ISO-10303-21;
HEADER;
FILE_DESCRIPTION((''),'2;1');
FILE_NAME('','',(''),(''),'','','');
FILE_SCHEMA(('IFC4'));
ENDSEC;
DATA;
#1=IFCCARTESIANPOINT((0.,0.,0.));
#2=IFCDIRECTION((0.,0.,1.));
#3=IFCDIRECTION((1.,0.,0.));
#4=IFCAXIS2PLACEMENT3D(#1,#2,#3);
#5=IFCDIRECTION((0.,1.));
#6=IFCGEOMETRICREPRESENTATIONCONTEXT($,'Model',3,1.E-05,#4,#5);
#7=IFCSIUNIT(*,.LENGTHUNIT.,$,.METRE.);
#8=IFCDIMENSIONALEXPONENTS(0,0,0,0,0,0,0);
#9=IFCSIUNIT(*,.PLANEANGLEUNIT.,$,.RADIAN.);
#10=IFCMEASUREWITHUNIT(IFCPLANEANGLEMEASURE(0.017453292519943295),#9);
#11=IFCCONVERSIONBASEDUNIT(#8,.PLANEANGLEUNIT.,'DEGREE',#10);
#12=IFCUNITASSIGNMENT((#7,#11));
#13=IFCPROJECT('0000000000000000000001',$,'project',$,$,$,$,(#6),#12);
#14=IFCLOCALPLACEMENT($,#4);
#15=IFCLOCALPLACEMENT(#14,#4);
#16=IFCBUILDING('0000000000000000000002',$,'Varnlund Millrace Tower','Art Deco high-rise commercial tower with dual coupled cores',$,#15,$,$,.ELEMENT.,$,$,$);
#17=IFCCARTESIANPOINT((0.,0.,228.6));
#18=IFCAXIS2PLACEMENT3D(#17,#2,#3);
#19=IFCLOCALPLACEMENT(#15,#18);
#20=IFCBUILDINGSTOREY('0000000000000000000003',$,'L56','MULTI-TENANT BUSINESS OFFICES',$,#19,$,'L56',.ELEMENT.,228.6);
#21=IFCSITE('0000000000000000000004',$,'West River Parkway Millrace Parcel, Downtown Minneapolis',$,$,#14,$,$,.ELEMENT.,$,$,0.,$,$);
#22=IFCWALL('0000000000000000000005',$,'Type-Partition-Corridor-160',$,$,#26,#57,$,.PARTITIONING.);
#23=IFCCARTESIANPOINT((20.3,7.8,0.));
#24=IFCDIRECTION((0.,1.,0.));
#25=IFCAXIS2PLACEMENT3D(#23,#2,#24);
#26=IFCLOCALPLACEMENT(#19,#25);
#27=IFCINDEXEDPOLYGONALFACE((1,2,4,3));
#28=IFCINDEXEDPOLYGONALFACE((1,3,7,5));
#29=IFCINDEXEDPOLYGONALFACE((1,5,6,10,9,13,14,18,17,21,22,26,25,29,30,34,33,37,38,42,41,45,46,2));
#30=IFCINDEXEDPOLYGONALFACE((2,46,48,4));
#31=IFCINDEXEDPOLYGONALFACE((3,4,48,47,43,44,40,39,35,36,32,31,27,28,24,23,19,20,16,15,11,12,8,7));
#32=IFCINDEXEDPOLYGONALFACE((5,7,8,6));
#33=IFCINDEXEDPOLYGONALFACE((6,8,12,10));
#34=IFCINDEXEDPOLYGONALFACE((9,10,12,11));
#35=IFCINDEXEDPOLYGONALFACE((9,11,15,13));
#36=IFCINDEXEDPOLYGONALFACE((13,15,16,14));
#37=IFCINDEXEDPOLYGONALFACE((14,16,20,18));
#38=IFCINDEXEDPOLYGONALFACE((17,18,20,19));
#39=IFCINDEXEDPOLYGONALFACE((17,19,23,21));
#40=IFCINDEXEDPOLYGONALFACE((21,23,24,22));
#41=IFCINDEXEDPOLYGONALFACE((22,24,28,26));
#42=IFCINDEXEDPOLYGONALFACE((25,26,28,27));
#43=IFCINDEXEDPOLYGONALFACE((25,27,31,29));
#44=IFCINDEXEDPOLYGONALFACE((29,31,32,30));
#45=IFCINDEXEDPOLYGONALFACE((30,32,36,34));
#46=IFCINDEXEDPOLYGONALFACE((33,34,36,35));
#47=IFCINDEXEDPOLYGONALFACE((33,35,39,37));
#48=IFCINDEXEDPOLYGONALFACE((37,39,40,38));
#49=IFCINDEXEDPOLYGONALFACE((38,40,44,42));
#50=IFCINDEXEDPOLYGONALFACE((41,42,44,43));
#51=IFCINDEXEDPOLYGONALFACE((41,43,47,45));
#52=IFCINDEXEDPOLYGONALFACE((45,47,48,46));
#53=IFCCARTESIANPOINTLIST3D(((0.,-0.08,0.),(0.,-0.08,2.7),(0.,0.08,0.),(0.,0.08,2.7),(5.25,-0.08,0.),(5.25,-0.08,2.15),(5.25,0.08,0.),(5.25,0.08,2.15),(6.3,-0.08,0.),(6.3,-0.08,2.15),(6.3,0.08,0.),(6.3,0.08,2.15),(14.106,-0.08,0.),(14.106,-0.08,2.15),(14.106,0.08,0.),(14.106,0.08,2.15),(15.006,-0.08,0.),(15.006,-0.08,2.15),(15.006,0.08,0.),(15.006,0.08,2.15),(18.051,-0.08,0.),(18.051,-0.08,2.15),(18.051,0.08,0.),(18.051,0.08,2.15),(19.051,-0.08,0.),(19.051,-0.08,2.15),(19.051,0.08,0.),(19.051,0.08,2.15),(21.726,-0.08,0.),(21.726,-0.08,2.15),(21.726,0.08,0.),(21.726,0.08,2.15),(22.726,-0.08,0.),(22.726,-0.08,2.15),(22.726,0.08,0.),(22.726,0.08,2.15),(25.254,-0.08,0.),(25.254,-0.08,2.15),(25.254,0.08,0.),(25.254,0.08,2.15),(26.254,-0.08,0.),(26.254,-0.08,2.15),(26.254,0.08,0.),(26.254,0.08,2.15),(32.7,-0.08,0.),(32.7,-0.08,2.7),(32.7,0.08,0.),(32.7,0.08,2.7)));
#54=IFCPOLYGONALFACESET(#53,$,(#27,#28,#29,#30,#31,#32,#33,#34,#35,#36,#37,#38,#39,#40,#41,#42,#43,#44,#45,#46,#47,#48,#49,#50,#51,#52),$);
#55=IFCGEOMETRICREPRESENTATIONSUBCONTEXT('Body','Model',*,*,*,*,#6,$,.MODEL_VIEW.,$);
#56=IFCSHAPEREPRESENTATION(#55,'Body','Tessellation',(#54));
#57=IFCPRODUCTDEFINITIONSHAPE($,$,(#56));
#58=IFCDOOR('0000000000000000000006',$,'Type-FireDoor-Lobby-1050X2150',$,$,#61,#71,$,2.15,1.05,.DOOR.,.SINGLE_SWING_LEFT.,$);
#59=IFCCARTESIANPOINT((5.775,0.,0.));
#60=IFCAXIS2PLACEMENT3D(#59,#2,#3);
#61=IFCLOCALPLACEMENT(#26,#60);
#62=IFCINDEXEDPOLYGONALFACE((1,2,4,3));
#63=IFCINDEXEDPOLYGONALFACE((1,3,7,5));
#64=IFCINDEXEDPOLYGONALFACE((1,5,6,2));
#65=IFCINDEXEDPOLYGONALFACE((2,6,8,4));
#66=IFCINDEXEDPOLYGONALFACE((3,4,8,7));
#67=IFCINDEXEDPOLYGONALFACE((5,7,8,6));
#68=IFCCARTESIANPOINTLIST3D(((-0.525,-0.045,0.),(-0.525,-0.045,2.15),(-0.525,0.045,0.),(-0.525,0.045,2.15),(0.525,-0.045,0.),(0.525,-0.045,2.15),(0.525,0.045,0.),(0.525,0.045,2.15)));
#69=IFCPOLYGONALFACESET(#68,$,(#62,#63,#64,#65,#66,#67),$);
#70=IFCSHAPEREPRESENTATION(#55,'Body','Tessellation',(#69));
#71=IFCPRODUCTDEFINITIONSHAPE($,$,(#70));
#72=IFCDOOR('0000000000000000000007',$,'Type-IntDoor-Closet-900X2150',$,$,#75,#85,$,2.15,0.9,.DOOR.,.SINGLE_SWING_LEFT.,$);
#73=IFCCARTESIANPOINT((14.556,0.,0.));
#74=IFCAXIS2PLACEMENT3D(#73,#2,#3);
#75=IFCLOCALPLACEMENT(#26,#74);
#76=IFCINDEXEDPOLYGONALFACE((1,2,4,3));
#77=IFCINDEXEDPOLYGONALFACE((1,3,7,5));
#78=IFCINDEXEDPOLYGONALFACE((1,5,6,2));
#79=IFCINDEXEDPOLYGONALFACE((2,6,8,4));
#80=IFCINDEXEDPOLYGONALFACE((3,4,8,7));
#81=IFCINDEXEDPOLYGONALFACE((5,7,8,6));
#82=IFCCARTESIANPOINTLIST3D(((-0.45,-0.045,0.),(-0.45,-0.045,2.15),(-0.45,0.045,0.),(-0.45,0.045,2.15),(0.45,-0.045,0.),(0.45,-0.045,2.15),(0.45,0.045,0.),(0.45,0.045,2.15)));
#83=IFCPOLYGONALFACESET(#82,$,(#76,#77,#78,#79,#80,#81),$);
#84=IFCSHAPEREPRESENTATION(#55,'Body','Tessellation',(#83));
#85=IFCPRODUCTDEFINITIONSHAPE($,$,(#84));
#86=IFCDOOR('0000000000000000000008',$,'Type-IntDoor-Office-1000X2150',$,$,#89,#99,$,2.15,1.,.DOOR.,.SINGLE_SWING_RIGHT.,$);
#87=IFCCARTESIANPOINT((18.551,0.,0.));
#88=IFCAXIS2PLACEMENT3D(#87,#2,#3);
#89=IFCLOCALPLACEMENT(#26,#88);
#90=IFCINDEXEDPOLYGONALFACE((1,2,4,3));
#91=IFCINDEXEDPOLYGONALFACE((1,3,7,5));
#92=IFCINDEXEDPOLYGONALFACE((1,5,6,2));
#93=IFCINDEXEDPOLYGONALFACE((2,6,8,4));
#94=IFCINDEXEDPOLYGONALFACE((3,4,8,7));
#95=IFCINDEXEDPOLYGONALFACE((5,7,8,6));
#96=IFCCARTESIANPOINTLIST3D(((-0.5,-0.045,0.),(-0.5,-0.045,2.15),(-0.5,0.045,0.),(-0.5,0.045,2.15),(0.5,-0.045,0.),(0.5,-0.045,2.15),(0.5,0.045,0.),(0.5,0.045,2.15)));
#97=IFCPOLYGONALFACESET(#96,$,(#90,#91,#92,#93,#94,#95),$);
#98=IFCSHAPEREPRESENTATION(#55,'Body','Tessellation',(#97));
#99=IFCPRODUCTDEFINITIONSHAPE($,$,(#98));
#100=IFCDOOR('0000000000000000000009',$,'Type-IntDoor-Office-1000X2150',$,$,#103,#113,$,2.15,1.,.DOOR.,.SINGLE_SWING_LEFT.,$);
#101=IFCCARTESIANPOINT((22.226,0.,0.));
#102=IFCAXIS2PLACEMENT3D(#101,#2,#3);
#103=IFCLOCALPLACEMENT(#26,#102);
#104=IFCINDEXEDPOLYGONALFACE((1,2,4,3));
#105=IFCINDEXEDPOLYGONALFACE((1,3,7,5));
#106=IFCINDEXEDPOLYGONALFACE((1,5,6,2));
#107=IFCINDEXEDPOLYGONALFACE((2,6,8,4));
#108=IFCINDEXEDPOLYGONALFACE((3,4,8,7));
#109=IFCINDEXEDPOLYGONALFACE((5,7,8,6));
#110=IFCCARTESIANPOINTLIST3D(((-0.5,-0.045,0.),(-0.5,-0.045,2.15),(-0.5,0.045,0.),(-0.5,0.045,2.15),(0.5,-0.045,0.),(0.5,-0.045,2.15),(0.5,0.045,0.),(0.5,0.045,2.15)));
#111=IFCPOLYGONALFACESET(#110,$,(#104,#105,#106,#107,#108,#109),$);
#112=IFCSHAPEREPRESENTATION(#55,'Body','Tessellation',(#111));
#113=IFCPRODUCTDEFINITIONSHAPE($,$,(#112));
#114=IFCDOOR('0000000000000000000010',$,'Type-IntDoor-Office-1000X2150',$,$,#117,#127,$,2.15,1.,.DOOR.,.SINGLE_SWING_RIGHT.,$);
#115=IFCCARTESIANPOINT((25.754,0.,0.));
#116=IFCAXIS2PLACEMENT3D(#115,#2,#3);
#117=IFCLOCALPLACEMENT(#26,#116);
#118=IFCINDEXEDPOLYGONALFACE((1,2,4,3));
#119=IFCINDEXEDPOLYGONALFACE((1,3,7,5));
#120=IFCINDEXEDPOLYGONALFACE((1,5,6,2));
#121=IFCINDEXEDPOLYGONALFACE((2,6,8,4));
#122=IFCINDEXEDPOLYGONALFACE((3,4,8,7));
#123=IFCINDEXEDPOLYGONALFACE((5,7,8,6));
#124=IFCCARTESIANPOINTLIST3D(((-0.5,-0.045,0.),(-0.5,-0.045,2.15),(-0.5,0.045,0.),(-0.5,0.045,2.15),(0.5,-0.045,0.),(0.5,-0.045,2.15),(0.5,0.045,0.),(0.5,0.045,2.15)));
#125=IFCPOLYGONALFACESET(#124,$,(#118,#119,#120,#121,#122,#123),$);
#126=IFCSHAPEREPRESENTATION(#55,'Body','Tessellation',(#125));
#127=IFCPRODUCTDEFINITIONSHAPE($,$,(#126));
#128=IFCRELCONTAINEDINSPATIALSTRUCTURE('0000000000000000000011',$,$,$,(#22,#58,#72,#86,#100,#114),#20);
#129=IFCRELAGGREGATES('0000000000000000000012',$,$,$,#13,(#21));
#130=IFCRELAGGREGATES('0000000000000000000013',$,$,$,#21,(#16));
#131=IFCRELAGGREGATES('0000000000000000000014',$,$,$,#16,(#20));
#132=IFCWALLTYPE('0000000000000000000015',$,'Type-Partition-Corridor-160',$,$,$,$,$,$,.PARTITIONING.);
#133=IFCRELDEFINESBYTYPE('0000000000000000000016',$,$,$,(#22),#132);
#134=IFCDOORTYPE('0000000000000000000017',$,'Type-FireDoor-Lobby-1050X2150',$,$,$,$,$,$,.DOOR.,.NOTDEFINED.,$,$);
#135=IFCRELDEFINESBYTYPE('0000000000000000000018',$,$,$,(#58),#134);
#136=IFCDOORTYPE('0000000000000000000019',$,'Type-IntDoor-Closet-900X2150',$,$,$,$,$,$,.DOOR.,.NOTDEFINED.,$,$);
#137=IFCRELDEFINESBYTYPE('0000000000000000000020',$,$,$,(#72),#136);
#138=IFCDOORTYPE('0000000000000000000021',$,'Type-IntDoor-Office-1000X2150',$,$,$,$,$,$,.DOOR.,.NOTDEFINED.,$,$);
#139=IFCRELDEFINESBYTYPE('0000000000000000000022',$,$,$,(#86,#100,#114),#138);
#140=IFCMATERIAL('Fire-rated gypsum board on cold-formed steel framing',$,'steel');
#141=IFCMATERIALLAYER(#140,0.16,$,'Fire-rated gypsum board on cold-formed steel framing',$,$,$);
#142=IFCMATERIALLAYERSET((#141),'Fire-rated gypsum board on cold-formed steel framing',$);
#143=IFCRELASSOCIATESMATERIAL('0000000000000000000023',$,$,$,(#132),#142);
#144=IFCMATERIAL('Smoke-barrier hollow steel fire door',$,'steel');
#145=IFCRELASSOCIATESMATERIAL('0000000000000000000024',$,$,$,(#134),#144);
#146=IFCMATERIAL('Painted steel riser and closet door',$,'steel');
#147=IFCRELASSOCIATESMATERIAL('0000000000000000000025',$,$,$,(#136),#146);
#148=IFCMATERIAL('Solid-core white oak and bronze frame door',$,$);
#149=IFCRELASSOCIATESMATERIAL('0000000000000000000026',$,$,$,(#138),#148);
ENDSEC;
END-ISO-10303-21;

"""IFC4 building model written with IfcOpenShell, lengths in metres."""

from ifc_helpers import new_model, entity, si_unit, converted_unit, direction, frame, origin_with_axes, origin_2d_with_axis, place, context, subcontext, project, spatial, polyline, rectangle, outline, extrude, material, layer, layer_set, type_object, element, fill, save


model = new_model("IFC4")

# Units and contexts
model_context = context("Model", 3, precision=1e-05, world=origin_with_axes(), true_north=direction((0.0, 1.0)))
body_context = subcontext(model_context, "Body", "Model", "MODEL_VIEW")
ifc_project = project(units=[si_unit("LENGTHUNIT", "METRE"), converted_unit("PLANEANGLEUNIT", "DEGREE", entity("IfcPlaneAngleMeasure", 0.017453292519943295), si_unit("PLANEANGLEUNIT", "RADIAN"), dimensions=[0, 0, 0, 0, 0, 0, 0])], contexts=[model_context])

# Site, building, storey
site_placement = place(None, origin_with_axes())
site = spatial("IfcSite", under=ifc_project, at=site_placement, Name="West River Parkway Millrace Parcel, Downtown Minneapolis", CompositionType="ELEMENT", RefElevation=0.0)
building_placement = place(site_placement, origin_with_axes())
building = spatial("IfcBuilding", under=site, at=building_placement, Name="Varnlund Millrace Tower", Description="Art Deco high-rise commercial tower with dual coupled cores", CompositionType="ELEMENT")
storey_placement = place(building_placement, frame((0.0, 0.0, 228.6), z_axis=(0.0, 0.0, 1.0), x_axis=(1.0, 0.0, 0.0)))
storey = spatial("IfcBuildingStorey", under=building, at=storey_placement, Name="L56", Description="MULTI-TENANT BUSINESS OFFICES", LongName="L56", CompositionType="ELEMENT", Elevation=228.6)

# Shared definitions
ifc_material_1 = material(Name="Fire-rated gypsum board on cold-formed steel framing", Category="steel")
ifc_layer_1 = layer(ifc_material_1, 0.16, Name="Fire-rated gypsum board on cold-formed steel framing")
ifc_layer_set_1 = layer_set([ifc_layer_1], Name="Fire-rated gypsum board on cold-formed steel framing")
wall_type_1 = type_object("IfcWallType", Name="Type-Partition-Corridor-160", PredefinedType="PARTITIONING", material=ifc_layer_set_1)

# Wall, openings, doors
wall_1_placement = place(storey_placement, frame((20.3, 7.8, 0.0), z_axis=(0.0, 0.0, 1.0), x_axis=(0.0, 1.0, 0.0)))
wall_1 = element("IfcWall", 1, at=wall_1_placement, inside=storey, type_object=wall_type_1, Name="Type-Partition-Corridor-160", PredefinedType="PARTITIONING", context=body_context, shape_type="SweptSolid", body=[
    extrude(outline(polyline([(0.0, -0.08), (32.7, -0.08), (32.7, 0.08), (0.0, 0.08), (0.0, -0.08)])), origin_with_axes(), (0.0, 0.0, 1.0), 2.7),
])
opening_1_placement = place(wall_1_placement, frame((14.556, 0.0, 0.0), z_axis=(0.0, 0.0, 1.0), x_axis=(1.0, 0.0, 0.0)))
opening_1 = element("IfcOpeningElement", 2, at=opening_1_placement, cuts=wall_1, PredefinedType="OPENING", context=body_context, shape_type="SweptSolid", body=[
    extrude(rectangle(XDim=0.9, YDim=0.18, at=origin_2d_with_axis()), origin_with_axes(), (0.0, 0.0, 1.0), 2.15),
])
opening_2_placement = place(wall_1_placement, frame((18.551, 0.0, 0.0), z_axis=(0.0, 0.0, 1.0), x_axis=(1.0, 0.0, 0.0)))
opening_2 = element("IfcOpeningElement", 3, at=opening_2_placement, cuts=wall_1, PredefinedType="OPENING", context=body_context, shape_type="SweptSolid", body=[
    extrude(rectangle(XDim=1.0, YDim=0.18, at=origin_2d_with_axis()), origin_with_axes(), (0.0, 0.0, 1.0), 2.15),
])
opening_3_placement = place(wall_1_placement, frame((22.226, 0.0, 0.0), z_axis=(0.0, 0.0, 1.0), x_axis=(1.0, 0.0, 0.0)))
opening_3 = element("IfcOpeningElement", 4, at=opening_3_placement, cuts=wall_1, PredefinedType="OPENING", context=body_context, shape_type="SweptSolid", body=[
    extrude(rectangle(XDim=1.0, YDim=0.18, at=origin_2d_with_axis()), origin_with_axes(), (0.0, 0.0, 1.0), 2.15),
])
opening_4_placement = place(wall_1_placement, frame((25.754, 0.0, 0.0), z_axis=(0.0, 0.0, 1.0), x_axis=(1.0, 0.0, 0.0)))
opening_4 = element("IfcOpeningElement", 5, at=opening_4_placement, cuts=wall_1, PredefinedType="OPENING", context=body_context, shape_type="SweptSolid", body=[
    extrude(rectangle(XDim=1.0, YDim=0.18, at=origin_2d_with_axis()), origin_with_axes(), (0.0, 0.0, 1.0), 2.15),
])
opening_5_placement = place(wall_1_placement, frame((5.775, 0.0, 0.0), z_axis=(0.0, 0.0, 1.0), x_axis=(1.0, 0.0, 0.0)))
opening_5 = element("IfcOpeningElement", 6, at=opening_5_placement, cuts=wall_1, PredefinedType="OPENING", context=body_context, shape_type="SweptSolid", body=[
    extrude(rectangle(XDim=1.05, YDim=0.18, at=origin_2d_with_axis()), origin_with_axes(), (0.0, 0.0, 1.0), 2.15),
])
ifc_material_2 = material(Name="Smoke-barrier hollow steel fire door", Category="steel")
door_type_1 = type_object("IfcDoorType", Name="Type-FireDoor-Lobby-1050X2150", OperationType="NOTDEFINED", PredefinedType="DOOR", material=ifc_material_2)
door_1_placement = place(wall_1_placement, frame((5.775, 0.0, 0.0), z_axis=(0.0, 0.0, 1.0), x_axis=(1.0, 0.0, 0.0)))
door_1 = element("IfcDoor", 7, at=door_1_placement, inside=storey, type_object=door_type_1, Name="Type-FireDoor-Lobby-1050X2150", OperationType="SINGLE_SWING_LEFT", OverallHeight=2.15, OverallWidth=1.05, PredefinedType="DOOR", context=body_context, shape_type="SweptSolid", body=[
    extrude(rectangle(XDim=1.05, YDim=0.09, at=origin_2d_with_axis()), origin_with_axes(), (0.0, 0.0, 1.0), 2.15),
])
fill(opening_5, door_1)
ifc_material_3 = material(Name="Painted steel riser and closet door", Category="steel")
door_type_2 = type_object("IfcDoorType", Name="Type-IntDoor-Closet-900X2150", OperationType="NOTDEFINED", PredefinedType="DOOR", material=ifc_material_3)
door_2_placement = place(wall_1_placement, frame((14.556, 0.0, 0.0), z_axis=(0.0, 0.0, 1.0), x_axis=(1.0, 0.0, 0.0)))
door_2 = element("IfcDoor", 8, at=door_2_placement, inside=storey, type_object=door_type_2, Name="Type-IntDoor-Closet-900X2150", OperationType="SINGLE_SWING_LEFT", OverallHeight=2.15, OverallWidth=0.9, PredefinedType="DOOR", context=body_context, shape_type="SweptSolid", body=[
    extrude(rectangle(XDim=0.9, YDim=0.09, at=origin_2d_with_axis()), origin_with_axes(), (0.0, 0.0, 1.0), 2.15),
])
fill(opening_1, door_2)
ifc_material_4 = material(Name="Solid-core white oak and bronze frame door")
door_type_3 = type_object("IfcDoorType", Name="Type-IntDoor-Office-1000X2150", OperationType="NOTDEFINED", PredefinedType="DOOR", material=ifc_material_4)
door_3_placement = place(wall_1_placement, frame((18.551, 0.0, 0.0), z_axis=(0.0, 0.0, 1.0), x_axis=(1.0, 0.0, 0.0)))
door_3 = element("IfcDoor", 9, at=door_3_placement, inside=storey, type_object=door_type_3, Name="Type-IntDoor-Office-1000X2150", OperationType="SINGLE_SWING_RIGHT", OverallHeight=2.15, OverallWidth=1.0, PredefinedType="DOOR", context=body_context, shape_type="SweptSolid", body=[
    extrude(rectangle(XDim=1.0, YDim=0.09, at=origin_2d_with_axis()), origin_with_axes(), (0.0, 0.0, 1.0), 2.15),
])
fill(opening_2, door_3)
door_4_placement = place(wall_1_placement, frame((22.226, 0.0, 0.0), z_axis=(0.0, 0.0, 1.0), x_axis=(1.0, 0.0, 0.0)))
door_4 = element("IfcDoor", 10, at=door_4_placement, inside=storey, type_object=door_type_3, Name="Type-IntDoor-Office-1000X2150", OperationType="SINGLE_SWING_LEFT", OverallHeight=2.15, OverallWidth=1.0, PredefinedType="DOOR", context=body_context, shape_type="SweptSolid", body=[
    extrude(rectangle(XDim=1.0, YDim=0.09, at=origin_2d_with_axis()), origin_with_axes(), (0.0, 0.0, 1.0), 2.15),
])
fill(opening_3, door_4)
door_5_placement = place(wall_1_placement, frame((25.754, 0.0, 0.0), z_axis=(0.0, 0.0, 1.0), x_axis=(1.0, 0.0, 0.0)))
door_5 = element("IfcDoor", 11, at=door_5_placement, inside=storey, type_object=door_type_3, Name="Type-IntDoor-Office-1000X2150", OperationType="SINGLE_SWING_RIGHT", OverallHeight=2.15, OverallWidth=1.0, PredefinedType="DOOR", context=body_context, shape_type="SweptSolid", body=[
    extrude(rectangle(XDim=1.0, YDim=0.09, at=origin_2d_with_axis()), origin_with_axes(), (0.0, 0.0, 1.0), 2.15),
])
fill(opening_4, door_5)

save(model, "model.ifc")
